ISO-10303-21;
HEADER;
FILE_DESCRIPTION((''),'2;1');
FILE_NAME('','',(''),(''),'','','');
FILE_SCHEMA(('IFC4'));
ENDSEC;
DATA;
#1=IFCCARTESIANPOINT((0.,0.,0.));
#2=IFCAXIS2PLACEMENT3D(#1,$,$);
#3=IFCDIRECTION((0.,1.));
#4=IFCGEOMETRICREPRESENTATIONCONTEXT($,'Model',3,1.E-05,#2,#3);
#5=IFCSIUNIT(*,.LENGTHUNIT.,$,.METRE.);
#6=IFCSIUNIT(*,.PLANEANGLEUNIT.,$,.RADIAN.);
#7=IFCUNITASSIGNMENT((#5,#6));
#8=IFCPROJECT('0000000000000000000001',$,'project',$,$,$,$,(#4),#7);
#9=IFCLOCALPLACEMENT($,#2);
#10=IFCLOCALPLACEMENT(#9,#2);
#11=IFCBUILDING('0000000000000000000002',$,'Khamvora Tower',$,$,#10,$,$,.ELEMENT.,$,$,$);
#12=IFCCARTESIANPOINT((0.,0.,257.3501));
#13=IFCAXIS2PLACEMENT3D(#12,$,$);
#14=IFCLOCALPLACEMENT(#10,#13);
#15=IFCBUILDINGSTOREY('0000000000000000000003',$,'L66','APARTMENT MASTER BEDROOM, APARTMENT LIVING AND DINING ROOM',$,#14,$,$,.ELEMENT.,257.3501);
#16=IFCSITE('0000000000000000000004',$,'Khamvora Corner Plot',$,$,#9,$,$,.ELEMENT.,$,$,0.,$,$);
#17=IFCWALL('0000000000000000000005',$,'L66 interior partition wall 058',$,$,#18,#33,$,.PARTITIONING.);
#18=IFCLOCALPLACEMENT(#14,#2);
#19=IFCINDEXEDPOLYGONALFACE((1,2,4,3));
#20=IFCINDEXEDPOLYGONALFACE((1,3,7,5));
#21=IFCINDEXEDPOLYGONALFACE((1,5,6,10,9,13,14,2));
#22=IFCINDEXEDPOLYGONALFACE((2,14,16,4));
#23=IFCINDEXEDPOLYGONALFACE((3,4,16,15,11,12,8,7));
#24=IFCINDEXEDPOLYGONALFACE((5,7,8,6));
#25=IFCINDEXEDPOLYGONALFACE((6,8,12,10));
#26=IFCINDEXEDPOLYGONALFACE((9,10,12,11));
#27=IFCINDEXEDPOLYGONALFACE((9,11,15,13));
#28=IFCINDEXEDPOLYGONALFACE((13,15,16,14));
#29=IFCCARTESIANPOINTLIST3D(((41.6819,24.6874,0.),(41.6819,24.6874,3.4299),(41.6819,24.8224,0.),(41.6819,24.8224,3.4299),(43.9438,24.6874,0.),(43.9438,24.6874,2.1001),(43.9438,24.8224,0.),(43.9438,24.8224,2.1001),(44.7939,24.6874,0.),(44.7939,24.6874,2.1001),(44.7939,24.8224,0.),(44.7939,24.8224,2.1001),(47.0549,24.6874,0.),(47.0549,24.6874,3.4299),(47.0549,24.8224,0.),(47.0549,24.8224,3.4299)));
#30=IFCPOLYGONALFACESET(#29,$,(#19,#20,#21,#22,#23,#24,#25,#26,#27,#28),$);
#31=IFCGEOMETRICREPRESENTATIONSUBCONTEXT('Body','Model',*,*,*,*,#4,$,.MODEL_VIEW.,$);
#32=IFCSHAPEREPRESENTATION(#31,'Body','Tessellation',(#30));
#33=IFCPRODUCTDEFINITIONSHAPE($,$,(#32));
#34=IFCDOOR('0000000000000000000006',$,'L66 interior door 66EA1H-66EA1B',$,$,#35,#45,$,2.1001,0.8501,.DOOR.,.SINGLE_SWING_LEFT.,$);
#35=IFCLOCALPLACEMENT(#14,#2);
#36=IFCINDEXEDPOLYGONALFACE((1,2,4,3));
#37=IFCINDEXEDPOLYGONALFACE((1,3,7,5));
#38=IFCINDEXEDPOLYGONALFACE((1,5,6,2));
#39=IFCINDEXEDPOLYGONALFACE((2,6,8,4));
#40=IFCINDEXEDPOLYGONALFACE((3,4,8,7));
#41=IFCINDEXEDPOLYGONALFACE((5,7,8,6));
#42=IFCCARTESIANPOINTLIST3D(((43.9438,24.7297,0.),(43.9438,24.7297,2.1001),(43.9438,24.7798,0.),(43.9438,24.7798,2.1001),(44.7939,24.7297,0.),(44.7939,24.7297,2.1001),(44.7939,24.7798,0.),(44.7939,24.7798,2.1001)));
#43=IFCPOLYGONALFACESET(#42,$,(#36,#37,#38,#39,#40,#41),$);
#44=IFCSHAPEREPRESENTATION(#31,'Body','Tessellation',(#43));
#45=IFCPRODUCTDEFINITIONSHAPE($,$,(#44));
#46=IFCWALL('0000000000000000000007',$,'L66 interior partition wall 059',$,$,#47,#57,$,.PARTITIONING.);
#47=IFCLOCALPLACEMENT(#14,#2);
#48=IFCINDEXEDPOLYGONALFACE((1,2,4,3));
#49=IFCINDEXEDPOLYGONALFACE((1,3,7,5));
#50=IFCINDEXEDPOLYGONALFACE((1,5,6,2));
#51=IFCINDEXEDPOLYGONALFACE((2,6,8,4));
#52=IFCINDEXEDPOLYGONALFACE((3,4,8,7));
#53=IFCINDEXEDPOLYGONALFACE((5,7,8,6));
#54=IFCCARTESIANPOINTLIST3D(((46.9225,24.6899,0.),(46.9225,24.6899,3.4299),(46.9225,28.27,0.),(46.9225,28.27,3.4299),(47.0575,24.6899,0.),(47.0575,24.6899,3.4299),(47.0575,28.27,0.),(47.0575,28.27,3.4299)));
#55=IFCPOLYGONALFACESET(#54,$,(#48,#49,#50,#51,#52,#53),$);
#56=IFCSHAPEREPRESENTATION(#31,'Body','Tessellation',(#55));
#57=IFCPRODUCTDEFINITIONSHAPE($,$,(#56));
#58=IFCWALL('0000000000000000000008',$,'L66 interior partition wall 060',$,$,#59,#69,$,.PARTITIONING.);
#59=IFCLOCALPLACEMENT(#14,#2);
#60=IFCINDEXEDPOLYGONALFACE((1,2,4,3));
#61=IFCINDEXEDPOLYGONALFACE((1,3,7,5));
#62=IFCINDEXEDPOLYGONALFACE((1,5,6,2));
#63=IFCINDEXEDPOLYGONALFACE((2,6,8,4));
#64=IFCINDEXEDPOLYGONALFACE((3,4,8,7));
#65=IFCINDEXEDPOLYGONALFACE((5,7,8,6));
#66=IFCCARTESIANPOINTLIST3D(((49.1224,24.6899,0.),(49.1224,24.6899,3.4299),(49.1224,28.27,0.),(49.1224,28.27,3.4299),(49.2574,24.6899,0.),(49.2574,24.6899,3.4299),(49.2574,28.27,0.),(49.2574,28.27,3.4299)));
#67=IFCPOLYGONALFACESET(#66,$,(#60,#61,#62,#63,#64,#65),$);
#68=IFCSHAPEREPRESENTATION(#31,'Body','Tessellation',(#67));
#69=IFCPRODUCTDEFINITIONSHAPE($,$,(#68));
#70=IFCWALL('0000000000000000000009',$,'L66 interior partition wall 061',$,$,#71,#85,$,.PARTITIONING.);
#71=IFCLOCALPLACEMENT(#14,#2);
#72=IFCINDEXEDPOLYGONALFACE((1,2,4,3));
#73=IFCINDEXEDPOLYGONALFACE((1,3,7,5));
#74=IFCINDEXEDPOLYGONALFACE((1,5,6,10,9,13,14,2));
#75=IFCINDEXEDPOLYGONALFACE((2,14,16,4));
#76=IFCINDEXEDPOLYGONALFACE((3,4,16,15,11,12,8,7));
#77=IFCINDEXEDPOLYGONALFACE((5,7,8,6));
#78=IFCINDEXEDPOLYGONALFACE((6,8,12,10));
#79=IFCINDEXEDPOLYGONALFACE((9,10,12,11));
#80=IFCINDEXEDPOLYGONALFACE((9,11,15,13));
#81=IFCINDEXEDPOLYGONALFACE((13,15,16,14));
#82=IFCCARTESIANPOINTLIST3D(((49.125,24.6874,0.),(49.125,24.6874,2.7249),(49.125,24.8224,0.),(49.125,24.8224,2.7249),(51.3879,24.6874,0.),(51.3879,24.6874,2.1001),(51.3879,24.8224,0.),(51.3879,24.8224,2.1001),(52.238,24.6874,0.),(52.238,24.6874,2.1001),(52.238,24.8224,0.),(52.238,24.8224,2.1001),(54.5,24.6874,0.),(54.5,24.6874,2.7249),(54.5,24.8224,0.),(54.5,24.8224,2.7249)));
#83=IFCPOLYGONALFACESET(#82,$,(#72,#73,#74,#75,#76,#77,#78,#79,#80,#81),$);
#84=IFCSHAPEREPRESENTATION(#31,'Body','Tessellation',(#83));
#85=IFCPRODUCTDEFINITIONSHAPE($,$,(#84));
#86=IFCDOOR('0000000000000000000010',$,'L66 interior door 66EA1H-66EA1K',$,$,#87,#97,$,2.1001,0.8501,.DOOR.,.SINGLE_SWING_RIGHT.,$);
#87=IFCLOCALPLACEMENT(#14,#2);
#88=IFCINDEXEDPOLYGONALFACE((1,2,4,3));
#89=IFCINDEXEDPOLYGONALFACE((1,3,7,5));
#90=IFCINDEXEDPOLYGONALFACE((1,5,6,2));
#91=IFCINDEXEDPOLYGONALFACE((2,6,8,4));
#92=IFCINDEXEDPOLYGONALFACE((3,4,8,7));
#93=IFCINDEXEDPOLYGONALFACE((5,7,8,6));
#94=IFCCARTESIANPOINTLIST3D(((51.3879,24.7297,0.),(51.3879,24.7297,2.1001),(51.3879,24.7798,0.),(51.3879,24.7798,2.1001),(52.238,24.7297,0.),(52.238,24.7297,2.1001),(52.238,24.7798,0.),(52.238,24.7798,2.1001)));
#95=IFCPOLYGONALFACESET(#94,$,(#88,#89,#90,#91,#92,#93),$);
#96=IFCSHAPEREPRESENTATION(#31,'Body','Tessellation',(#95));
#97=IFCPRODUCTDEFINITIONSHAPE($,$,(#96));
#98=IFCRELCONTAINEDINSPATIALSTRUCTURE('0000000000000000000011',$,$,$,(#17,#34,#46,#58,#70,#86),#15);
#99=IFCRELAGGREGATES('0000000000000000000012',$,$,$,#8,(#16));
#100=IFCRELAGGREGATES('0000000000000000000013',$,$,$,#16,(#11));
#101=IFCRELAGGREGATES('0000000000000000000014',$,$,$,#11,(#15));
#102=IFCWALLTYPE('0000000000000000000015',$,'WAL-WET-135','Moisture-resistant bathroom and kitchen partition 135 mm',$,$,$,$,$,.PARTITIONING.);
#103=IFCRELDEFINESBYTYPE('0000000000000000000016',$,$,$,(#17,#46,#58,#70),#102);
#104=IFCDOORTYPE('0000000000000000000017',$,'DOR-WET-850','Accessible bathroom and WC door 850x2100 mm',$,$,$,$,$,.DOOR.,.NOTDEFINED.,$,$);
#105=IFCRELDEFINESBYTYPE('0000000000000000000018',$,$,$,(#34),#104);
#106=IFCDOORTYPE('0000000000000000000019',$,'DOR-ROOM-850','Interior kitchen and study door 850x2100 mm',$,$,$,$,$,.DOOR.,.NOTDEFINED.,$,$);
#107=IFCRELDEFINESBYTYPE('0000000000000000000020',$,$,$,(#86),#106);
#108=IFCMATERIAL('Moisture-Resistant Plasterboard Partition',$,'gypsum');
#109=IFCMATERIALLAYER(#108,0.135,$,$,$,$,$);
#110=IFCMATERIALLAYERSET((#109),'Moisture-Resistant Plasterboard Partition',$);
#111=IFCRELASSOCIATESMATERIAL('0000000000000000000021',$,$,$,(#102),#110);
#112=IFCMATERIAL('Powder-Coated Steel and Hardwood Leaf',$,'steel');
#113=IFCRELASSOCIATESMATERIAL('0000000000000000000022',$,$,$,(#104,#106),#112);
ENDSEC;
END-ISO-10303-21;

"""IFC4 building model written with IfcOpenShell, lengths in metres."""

from ifc_helpers import new_model, si_unit, direction, frame, frame_2d, origin, place, context, subcontext, project, spatial, rectangle, extrude, material, layer, layer_set, type_object, element, fill, save


model = new_model("IFC4")

# Units and contexts
model_context = context("Model", 3, precision=1e-05, world=origin(), true_north=direction((0.0, 1.0)))
body_context = subcontext(model_context, "Body", "Model", "MODEL_VIEW")
ifc_project = project(units=[si_unit("LENGTHUNIT", "METRE"), si_unit("PLANEANGLEUNIT", "RADIAN")], contexts=[model_context])

# Site, building, storey
site_placement = place(None, origin())
site = spatial("IfcSite", under=ifc_project, at=site_placement, Name="Khamvora Corner Plot", CompositionType="ELEMENT", RefElevation=0.0)
building_placement = place(site_placement, origin())
building = spatial("IfcBuilding", under=site, at=building_placement, Name="Khamvora Tower", CompositionType="ELEMENT")
storey_placement = place(building_placement, frame((0.0, 0.0, 257.3501)))
storey = spatial("IfcBuildingStorey", under=building, at=storey_placement, Name="L66", Description="APARTMENT MASTER BEDROOM, APARTMENT LIVING AND DINING ROOM", CompositionType="ELEMENT", Elevation=257.3501)

# Wall, opening, door
ifc_material_1 = material(Name="Powder-Coated Steel and Hardwood Leaf", Category="steel")
ifc_material_2 = material(Name="Moisture-Resistant Plasterboard Partition", Category="gypsum")
ifc_layer_1 = layer(ifc_material_2, 0.135)
ifc_layer_set_1 = layer_set([ifc_layer_1], Name="Moisture-Resistant Plasterboard Partition")
wall_type_1 = type_object("IfcWallType", Name="WAL-WET-135", Description="Moisture-resistant bathroom and kitchen partition 135 mm", PredefinedType="PARTITIONING", material=ifc_layer_set_1)
wall_1_placement = place(storey_placement, frame((41.6819, 24.7549, 0.0), z_axis=(0.0, 0.0, 1.0), x_axis=(1.0, 0.0, 0.0)))
wall_1 = element("IfcWall", 1, at=wall_1_placement, inside=storey, type_object=wall_type_1, Name="L66 interior partition wall 058", PredefinedType="PARTITIONING", context=body_context, shape_type="SweptSolid", body=[
    extrude(rectangle(XDim=5.373, YDim=0.135, at=frame_2d((2.6865, 0.0))), origin(), (0.0, 0.0, 1.0), 3.4299),
])
opening_1_placement = place(wall_1_placement, frame((2.262, 0.0, 0.0)))
opening_1 = element("IfcOpeningElement", 2, at=opening_1_placement, cuts=wall_1, PredefinedType="OPENING", context=body_context, shape_type="SweptSolid", body=[
    extrude(rectangle(XDim=0.8501, YDim=2.1001, at=frame_2d((0.425, 1.05))), frame((0.0, 0.0774, 0.0), z_axis=(0.0, -1.0, 0.0), x_axis=(1.0, 0.0, 0.0)), (0.0, 0.0, 1.0), 0.155),
])
door_type_1 = type_object("IfcDoorType", Name="DOR-WET-850", Description="Accessible bathroom and WC door 850x2100 mm", OperationType="NOTDEFINED", PredefinedType="DOOR", material=ifc_material_1)
door_1_placement = place(opening_1_placement, origin())
door_1 = element("IfcDoor", 3, at=door_1_placement, inside=storey, type_object=door_type_1, Name="L66 interior door 66EA1H-66EA1B", OperationType="SINGLE_SWING_LEFT", OverallHeight=2.1001, OverallWidth=0.8501, PredefinedType="DOOR", context=body_context, shape_type="SweptSolid", body=[
    extrude(rectangle(XDim=0.8501, YDim=2.1001, at=frame_2d((0.425, 1.05))), frame((0.0, 0.0249, 0.0), z_axis=(0.0, -1.0, 0.0), x_axis=(1.0, 0.0, 0.0)), (0.0, 0.0, 1.0), 0.05),
])
fill(opening_1, door_1)

# Walls
for number, where, z_axis, x_axis, name in (
    (4, (46.99, 24.6899, 0.0), (0.0, 0.0, 1.0), (0.0, 1.0, 0.0), "L66 interior partition wall 059"),
    (5, (49.1899, 28.27, 0.0), (0.0, 0.0, 1.0), (0.0, -1.0, 0.0), "L66 interior partition wall 060"),
):
    element("IfcWall", number, at=place(storey_placement, frame(where, z_axis=z_axis, x_axis=x_axis)), inside=storey, type_object=wall_type_1, Name=name, PredefinedType="PARTITIONING", context=body_context, shape_type="SweptSolid", body=[
        extrude(rectangle(XDim=3.5801, YDim=0.135, at=frame_2d((1.79, 0.0))), origin(), (0.0, 0.0, 1.0), 3.4299),
    ])

# Wall, opening, door
wall_2_placement = place(storey_placement, frame((49.125, 24.7549, 0.0), z_axis=(0.0, 0.0, 1.0), x_axis=(1.0, 0.0, 0.0)))
wall_2 = element("IfcWall", 6, at=wall_2_placement, inside=storey, type_object=wall_type_1, Name="L66 interior partition wall 061", PredefinedType="PARTITIONING", context=body_context, shape_type="SweptSolid", body=[
    extrude(rectangle(XDim=5.375, YDim=0.135, at=frame_2d((2.6875, 0.0))), origin(), (0.0, 0.0, 1.0), 2.7249),
])
opening_2_placement = place(wall_2_placement, frame((2.2629, 0.0, 0.0)))
opening_2 = element("IfcOpeningElement", 7, at=opening_2_placement, cuts=wall_2, PredefinedType="OPENING", context=body_context, shape_type="SweptSolid", body=[
    extrude(rectangle(XDim=0.8501, YDim=2.1001, at=frame_2d((0.425, 1.05))), frame((0.0, 0.0774, 0.0), z_axis=(0.0, -1.0, 0.0), x_axis=(1.0, 0.0, 0.0)), (0.0, 0.0, 1.0), 0.155),
])
door_type_2 = type_object("IfcDoorType", Name="DOR-ROOM-850", Description="Interior kitchen and study door 850x2100 mm", OperationType="NOTDEFINED", PredefinedType="DOOR", material=ifc_material_1)
door_2_placement = place(opening_2_placement, origin())
door_2 = element("IfcDoor", 8, at=door_2_placement, inside=storey, type_object=door_type_2, Name="L66 interior door 66EA1H-66EA1K", OperationType="SINGLE_SWING_RIGHT", OverallHeight=2.1001, OverallWidth=0.8501, PredefinedType="DOOR", context=body_context, shape_type="SweptSolid", body=[
    extrude(rectangle(XDim=0.8501, YDim=2.1001, at=frame_2d((0.425, 1.05))), frame((0.0, 0.0249, 0.0), z_axis=(0.0, -1.0, 0.0), x_axis=(1.0, 0.0, 0.0)), (0.0, 0.0, 1.0), 0.05),
])
fill(opening_2, door_2)

save(model, "model.ifc")
